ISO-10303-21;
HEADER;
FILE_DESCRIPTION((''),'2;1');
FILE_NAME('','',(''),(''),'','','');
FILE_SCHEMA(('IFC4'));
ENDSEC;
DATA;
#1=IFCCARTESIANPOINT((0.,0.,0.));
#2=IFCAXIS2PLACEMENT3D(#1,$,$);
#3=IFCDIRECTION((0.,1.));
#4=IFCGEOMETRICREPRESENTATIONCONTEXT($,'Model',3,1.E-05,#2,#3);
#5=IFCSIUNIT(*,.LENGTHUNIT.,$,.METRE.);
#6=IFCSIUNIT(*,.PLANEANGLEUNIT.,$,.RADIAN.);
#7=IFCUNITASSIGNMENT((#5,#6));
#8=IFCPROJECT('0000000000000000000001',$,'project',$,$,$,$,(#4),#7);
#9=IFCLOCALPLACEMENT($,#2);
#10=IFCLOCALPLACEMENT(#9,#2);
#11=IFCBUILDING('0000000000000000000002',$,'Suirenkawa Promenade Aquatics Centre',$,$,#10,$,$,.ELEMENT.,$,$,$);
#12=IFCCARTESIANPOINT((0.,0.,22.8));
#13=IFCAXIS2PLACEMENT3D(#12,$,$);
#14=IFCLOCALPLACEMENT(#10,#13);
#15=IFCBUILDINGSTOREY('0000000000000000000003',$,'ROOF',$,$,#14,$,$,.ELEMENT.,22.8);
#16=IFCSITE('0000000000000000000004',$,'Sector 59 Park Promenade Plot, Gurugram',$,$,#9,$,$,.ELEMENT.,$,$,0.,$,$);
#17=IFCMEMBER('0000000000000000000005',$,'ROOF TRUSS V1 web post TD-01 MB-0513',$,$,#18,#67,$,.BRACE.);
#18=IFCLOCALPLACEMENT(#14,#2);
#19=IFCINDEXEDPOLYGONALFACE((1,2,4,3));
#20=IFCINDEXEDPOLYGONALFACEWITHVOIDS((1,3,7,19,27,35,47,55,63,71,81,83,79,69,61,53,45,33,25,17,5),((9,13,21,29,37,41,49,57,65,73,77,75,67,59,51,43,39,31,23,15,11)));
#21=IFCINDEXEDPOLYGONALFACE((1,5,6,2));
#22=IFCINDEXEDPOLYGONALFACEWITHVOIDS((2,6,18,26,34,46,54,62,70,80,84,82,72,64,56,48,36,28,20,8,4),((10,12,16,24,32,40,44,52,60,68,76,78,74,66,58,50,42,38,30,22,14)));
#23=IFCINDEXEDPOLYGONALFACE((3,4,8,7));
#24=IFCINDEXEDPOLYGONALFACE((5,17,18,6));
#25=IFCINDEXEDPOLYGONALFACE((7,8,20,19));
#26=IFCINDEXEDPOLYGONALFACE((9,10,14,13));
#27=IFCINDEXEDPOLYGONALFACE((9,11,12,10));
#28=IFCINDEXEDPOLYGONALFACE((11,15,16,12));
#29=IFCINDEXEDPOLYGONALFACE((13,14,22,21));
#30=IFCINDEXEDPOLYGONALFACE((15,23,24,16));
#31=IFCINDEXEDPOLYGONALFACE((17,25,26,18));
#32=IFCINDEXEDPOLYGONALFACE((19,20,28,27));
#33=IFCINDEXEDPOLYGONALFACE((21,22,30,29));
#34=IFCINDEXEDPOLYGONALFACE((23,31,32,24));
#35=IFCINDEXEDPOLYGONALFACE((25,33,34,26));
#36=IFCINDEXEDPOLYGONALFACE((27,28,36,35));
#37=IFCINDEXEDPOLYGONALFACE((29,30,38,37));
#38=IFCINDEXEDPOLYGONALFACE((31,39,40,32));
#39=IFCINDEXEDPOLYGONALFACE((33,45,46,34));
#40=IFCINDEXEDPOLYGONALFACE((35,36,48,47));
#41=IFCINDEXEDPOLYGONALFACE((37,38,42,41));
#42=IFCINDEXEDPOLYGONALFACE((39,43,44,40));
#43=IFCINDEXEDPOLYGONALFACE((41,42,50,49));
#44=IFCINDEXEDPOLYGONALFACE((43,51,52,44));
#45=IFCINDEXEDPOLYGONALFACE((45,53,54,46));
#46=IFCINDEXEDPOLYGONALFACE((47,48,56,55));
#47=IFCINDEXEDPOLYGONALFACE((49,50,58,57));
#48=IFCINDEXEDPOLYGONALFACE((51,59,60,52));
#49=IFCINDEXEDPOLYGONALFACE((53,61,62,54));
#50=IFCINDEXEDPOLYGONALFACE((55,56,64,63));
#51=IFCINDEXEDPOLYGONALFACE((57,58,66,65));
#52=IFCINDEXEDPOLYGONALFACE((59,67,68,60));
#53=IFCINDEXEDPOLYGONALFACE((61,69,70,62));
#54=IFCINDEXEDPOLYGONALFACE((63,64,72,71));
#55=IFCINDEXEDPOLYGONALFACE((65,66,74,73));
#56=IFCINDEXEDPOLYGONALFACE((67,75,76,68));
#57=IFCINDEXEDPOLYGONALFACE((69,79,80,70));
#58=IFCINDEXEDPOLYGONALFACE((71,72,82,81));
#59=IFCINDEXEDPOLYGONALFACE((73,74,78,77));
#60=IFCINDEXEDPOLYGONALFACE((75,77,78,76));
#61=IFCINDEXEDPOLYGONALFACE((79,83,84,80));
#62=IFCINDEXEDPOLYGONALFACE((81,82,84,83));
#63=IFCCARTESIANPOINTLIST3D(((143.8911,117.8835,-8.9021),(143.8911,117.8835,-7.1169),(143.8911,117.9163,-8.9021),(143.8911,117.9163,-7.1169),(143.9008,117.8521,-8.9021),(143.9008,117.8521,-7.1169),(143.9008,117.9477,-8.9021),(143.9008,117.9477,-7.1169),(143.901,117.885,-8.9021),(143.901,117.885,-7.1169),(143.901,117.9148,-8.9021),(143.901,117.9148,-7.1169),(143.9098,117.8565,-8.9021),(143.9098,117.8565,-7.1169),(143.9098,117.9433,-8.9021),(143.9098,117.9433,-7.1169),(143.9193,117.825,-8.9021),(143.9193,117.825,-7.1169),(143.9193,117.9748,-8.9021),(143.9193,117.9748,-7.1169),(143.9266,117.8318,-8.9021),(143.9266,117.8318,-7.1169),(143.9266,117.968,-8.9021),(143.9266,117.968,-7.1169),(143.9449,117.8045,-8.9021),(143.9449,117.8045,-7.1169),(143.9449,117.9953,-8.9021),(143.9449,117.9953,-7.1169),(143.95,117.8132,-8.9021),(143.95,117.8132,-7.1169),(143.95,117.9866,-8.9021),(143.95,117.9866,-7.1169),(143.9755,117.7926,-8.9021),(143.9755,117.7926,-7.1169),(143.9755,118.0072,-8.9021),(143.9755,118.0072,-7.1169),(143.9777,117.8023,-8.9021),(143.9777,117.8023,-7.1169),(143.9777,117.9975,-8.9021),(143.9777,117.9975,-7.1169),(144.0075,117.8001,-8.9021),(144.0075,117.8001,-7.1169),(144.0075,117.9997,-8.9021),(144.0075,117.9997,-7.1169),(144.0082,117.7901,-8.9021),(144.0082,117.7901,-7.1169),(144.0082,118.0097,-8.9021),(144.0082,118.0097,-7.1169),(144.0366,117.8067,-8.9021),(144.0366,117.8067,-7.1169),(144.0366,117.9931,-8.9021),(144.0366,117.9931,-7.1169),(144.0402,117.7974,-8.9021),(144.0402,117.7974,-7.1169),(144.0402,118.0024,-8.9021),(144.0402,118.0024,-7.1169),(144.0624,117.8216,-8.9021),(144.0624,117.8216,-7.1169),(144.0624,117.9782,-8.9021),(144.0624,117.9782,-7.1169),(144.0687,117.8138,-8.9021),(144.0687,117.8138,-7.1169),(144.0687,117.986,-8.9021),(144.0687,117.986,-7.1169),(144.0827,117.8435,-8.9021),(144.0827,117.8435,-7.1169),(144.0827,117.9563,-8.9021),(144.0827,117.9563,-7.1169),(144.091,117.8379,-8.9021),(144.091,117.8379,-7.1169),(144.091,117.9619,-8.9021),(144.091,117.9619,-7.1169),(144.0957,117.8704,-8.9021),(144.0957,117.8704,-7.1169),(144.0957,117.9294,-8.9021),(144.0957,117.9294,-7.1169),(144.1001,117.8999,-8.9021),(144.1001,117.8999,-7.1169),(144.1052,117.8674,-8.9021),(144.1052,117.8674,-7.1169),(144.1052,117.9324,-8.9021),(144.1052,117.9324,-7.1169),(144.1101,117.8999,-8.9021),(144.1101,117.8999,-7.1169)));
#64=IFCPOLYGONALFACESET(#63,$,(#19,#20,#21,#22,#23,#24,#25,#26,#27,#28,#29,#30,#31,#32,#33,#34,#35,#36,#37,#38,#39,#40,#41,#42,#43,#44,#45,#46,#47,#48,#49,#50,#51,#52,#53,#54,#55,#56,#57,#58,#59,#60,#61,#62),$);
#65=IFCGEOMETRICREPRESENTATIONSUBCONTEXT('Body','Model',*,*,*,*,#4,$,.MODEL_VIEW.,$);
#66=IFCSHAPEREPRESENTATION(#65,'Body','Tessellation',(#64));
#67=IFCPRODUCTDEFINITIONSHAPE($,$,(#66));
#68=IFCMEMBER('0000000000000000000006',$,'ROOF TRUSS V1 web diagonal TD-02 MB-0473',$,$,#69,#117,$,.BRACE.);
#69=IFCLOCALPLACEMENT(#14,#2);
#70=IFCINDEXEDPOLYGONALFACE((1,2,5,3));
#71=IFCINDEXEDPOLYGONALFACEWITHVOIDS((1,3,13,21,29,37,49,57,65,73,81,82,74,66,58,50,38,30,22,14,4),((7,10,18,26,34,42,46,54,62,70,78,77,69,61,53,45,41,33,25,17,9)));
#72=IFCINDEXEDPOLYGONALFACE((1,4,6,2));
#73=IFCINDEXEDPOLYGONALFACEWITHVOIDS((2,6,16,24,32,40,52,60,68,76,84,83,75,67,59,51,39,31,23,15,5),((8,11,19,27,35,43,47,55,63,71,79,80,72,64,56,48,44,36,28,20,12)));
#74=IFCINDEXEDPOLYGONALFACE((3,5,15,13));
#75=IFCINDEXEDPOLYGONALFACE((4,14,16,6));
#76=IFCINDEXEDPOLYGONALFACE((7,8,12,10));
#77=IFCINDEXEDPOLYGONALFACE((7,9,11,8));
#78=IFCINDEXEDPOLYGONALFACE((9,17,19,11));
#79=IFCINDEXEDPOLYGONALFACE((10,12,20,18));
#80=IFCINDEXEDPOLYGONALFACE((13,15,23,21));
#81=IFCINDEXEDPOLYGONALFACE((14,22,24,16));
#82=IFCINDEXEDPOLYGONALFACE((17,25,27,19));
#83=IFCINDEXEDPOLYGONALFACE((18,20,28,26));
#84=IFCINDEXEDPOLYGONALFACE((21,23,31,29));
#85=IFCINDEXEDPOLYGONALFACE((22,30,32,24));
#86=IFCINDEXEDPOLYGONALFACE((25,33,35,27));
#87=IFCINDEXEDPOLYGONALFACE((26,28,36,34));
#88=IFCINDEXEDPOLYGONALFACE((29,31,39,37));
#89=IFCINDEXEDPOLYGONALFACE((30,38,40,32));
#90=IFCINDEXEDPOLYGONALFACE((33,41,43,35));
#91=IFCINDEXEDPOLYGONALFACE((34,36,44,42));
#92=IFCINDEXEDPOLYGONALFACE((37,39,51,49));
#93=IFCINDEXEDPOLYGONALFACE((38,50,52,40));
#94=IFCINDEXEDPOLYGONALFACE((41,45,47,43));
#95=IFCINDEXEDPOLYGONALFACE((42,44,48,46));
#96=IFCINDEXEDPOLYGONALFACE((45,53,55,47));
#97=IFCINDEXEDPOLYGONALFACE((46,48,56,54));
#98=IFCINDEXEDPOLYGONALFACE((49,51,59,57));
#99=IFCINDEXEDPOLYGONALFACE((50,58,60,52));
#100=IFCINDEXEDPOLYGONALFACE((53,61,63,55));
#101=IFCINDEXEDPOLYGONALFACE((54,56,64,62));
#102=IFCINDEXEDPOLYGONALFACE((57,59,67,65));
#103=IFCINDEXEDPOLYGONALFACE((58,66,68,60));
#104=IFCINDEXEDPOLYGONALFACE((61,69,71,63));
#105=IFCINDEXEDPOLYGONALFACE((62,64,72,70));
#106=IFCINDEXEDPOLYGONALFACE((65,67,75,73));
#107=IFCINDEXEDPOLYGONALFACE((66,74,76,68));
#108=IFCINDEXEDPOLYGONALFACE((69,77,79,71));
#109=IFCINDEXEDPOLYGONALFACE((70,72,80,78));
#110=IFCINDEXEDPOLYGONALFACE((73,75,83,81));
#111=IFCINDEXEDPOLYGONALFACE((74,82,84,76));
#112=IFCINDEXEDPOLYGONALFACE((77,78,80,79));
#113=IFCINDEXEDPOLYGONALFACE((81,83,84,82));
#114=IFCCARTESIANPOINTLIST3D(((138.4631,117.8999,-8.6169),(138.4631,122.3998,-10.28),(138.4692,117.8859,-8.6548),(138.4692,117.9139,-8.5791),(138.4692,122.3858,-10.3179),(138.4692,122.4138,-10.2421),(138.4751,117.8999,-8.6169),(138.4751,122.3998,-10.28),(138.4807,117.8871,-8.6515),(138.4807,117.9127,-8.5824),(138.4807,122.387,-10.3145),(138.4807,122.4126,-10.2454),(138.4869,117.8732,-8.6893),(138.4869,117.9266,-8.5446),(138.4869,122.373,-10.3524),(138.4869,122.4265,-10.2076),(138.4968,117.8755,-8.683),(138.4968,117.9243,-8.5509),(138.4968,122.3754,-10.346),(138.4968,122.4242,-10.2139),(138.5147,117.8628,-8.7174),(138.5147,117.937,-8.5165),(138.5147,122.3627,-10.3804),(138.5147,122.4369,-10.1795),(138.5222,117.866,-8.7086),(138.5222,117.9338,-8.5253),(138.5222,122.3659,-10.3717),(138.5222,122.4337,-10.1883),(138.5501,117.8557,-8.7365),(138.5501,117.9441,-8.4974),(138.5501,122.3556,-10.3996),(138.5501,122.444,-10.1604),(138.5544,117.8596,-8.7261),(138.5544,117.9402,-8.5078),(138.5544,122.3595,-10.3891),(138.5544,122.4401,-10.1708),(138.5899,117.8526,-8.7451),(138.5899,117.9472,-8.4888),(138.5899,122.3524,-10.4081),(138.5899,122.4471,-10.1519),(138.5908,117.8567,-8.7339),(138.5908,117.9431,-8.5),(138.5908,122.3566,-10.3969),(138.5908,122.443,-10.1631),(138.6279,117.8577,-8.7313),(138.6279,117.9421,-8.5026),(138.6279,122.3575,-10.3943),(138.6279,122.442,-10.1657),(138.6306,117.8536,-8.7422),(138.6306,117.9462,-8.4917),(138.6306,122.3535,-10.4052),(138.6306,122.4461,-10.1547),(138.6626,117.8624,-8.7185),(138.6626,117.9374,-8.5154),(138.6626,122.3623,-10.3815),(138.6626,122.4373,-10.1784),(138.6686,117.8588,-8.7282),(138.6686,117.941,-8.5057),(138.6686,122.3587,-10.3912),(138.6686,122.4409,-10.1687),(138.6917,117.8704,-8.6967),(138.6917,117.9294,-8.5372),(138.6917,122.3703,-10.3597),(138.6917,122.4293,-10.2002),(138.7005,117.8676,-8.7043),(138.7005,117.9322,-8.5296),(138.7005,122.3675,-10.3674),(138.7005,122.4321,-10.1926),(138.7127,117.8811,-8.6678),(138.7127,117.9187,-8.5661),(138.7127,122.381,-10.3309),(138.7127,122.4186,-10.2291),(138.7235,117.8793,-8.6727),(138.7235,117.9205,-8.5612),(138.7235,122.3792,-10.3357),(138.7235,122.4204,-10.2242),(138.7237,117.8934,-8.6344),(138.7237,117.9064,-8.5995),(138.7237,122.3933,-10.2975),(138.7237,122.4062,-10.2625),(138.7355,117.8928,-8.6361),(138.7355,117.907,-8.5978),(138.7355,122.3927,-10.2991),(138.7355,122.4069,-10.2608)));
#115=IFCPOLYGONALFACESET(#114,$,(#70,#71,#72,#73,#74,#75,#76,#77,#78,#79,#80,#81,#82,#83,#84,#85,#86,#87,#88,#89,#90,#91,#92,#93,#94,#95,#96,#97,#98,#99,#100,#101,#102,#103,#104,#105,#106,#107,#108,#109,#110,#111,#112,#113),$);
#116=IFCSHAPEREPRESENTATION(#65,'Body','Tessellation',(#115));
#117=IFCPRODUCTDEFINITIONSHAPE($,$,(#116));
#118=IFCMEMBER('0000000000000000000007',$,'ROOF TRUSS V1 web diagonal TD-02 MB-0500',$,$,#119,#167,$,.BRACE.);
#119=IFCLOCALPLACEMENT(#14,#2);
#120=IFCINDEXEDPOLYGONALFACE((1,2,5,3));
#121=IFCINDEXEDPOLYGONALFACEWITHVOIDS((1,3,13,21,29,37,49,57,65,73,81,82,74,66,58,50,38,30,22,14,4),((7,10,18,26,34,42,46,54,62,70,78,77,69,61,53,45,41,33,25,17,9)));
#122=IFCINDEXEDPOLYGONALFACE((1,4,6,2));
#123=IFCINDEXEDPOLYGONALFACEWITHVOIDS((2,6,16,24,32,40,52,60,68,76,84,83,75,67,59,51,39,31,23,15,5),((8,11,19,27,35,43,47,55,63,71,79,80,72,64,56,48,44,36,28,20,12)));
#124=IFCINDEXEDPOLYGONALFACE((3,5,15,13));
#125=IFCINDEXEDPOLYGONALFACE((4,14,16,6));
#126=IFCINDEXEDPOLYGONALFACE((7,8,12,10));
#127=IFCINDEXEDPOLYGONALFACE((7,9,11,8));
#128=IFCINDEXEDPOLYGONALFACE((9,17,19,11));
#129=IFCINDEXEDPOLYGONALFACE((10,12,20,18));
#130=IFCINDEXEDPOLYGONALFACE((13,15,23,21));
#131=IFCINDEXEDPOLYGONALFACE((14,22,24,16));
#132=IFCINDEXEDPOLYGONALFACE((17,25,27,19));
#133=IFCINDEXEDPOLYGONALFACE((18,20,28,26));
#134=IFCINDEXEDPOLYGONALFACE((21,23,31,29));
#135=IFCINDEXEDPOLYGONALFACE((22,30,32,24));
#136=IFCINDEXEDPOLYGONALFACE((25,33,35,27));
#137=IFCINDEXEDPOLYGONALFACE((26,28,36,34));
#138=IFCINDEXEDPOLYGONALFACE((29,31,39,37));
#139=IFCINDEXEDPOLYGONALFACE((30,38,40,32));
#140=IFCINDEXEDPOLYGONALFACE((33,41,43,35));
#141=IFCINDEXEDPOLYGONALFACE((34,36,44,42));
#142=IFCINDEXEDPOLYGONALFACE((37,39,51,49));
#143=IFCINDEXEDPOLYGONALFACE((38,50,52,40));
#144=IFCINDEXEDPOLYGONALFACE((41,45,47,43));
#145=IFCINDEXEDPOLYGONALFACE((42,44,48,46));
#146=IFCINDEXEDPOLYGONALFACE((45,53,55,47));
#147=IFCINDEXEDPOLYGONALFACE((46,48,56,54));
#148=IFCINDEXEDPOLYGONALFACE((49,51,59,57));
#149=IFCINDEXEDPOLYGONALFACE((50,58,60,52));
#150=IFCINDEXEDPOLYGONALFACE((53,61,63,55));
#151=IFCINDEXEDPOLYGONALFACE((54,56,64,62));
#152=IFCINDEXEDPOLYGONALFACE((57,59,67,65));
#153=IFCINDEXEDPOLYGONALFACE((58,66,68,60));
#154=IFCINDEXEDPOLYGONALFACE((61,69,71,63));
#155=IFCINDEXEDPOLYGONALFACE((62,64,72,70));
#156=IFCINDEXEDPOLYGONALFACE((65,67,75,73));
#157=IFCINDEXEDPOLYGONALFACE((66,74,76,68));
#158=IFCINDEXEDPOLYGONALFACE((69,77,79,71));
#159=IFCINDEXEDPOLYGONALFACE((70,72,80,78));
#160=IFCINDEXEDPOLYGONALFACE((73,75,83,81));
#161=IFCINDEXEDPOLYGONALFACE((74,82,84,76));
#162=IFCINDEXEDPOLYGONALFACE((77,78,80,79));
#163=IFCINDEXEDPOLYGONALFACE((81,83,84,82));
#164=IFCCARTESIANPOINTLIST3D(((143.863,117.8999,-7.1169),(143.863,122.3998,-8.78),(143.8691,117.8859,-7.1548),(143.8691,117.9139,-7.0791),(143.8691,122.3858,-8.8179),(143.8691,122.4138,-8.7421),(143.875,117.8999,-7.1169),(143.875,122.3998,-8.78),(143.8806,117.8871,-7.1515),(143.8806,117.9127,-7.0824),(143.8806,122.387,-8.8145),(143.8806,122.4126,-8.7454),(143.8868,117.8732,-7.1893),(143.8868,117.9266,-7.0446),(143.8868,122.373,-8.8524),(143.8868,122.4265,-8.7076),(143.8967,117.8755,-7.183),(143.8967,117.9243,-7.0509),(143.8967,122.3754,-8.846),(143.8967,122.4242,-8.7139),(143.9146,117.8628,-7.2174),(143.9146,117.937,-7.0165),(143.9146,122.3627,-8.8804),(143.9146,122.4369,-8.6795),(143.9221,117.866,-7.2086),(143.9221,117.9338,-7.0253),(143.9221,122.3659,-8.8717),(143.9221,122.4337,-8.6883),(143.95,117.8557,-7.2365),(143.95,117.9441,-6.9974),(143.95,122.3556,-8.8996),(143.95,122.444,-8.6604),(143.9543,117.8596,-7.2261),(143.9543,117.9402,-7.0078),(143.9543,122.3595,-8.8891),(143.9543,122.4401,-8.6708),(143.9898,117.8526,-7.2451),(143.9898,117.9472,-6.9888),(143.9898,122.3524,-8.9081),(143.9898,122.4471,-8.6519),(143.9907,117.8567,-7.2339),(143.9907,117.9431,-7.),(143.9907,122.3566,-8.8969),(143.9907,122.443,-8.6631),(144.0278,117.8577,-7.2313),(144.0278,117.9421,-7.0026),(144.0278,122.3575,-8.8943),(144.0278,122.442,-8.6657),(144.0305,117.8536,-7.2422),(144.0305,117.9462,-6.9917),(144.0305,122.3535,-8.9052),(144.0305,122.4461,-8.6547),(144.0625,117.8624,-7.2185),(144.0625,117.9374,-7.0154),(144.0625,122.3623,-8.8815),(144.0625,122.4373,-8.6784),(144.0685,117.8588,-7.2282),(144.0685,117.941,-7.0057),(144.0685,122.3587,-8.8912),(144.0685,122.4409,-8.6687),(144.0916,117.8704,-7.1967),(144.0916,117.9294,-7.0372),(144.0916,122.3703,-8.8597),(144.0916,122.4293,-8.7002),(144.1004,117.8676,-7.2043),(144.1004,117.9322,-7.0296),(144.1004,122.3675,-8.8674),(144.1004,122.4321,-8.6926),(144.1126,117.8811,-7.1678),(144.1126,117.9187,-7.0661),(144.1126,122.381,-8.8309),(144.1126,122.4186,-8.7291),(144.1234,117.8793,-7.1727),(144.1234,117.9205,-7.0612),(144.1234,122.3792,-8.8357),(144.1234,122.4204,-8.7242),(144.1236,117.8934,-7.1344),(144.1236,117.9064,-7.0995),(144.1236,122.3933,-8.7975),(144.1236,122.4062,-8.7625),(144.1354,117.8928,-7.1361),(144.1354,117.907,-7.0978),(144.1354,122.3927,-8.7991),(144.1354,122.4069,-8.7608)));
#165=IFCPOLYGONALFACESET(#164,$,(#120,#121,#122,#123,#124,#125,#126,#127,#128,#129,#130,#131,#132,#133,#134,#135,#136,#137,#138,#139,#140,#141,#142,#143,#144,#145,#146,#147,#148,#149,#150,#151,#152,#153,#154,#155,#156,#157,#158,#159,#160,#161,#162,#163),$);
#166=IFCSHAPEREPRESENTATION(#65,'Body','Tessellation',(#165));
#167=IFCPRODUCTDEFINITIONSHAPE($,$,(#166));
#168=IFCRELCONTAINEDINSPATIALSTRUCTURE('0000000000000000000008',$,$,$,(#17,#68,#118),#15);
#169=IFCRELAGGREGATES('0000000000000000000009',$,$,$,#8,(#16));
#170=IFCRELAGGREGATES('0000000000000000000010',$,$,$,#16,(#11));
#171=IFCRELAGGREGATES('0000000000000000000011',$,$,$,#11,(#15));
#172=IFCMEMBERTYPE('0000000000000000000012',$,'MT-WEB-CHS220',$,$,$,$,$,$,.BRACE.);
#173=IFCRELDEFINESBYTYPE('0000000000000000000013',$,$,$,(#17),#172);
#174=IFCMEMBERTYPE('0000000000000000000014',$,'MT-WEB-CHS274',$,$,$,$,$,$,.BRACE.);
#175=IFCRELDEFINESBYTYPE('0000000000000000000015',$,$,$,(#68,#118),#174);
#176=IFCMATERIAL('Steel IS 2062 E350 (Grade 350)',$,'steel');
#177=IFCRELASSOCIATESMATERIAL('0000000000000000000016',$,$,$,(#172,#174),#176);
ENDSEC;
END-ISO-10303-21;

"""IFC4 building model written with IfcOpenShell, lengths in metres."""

from ifc_helpers import new_model, si_unit, direction, frame, origin, origin_2d, place, context, subcontext, project, spatial, hollow_circle, extrude, material, material_profile, profile_set, type_object, element, save


model = new_model("IFC4")

# Units and contexts
model_context = context("Model", 3, precision=1e-05, world=origin(), true_north=direction((0.0, 1.0)))
body_context = subcontext(model_context, "Body", "Model", "MODEL_VIEW")
ifc_project = project(units=[si_unit("LENGTHUNIT", "METRE"), si_unit("PLANEANGLEUNIT", "RADIAN")], contexts=[model_context])

# Site, building, storey
site_placement = place(None, origin())
site = spatial("IfcSite", under=ifc_project, at=site_placement, Name="Sector 59 Park Promenade Plot, Gurugram", CompositionType="ELEMENT", RefElevation=0.0)
building_placement = place(site_placement, origin())
building = spatial("IfcBuilding", under=site, at=building_placement, Name="Suirenkawa Promenade Aquatics Centre", CompositionType="ELEMENT")
storey_placement = place(building_placement, frame((0.0, 0.0, 22.8)))
storey = spatial("IfcBuildingStorey", under=building, at=storey_placement, Name="ROOF", CompositionType="ELEMENT", Elevation=22.8)

# Shared definitions
ifc_material = material(Name="Steel IS 2062 E350 (Grade 350)", Category="steel")

# Members
ifc_material_profile_1 = material_profile(ifc_material, hollow_circle(Radius=0.1101, WallThickness=0.01, at=origin_2d()), Name="CHS 220x10", Category="steel")
ifc_profile_set_1 = profile_set([ifc_material_profile_1], Name="Steel IS 2062 E350 (Grade 350)")
member_type_1 = type_object("IfcMemberType", Name="MT-WEB-CHS220", PredefinedType="BRACE", material=ifc_profile_set_1)
member_1_placement = place(storey_placement, frame((144.0, 117.8999, -8.9021), z_axis=(0.0, 0.0, 1.0), x_axis=(1.0, 0.0, 0.0)))
element("IfcMember", 1, at=member_1_placement, inside=storey, type_object=member_type_1, Name="ROOF TRUSS V1 web post TD-01 MB-0513", PredefinedType="BRACE", context=body_context, shape_type="SweptSolid", body=[
    extrude(hollow_circle(Radius=0.1101, WallThickness=0.01, at=origin_2d()), origin(), (0.0, 0.0, 1.0), 1.7852),
])
ifc_material_profile_2 = material_profile(ifc_material, hollow_circle(Radius=0.137, WallThickness=0.012, at=origin_2d()), Name="CHS 274x12", Category="steel")
ifc_profile_set_2 = profile_set([ifc_material_profile_2], Name="Steel IS 2062 E350 (Grade 350)")
member_type_2 = type_object("IfcMemberType", Name="MT-WEB-CHS274", PredefinedType="BRACE", material=ifc_profile_set_2)
for number, where, z_axis, x_axis, name in (
    (2, (138.6001, 117.8999, -8.6169), (0.0, 0.937992, -0.346658), (-1.0, 0.0, 0.0), "ROOF TRUSS V1 web diagonal TD-02 MB-0473"),
    (3, (144.0, 117.8999, -7.1169), (0.0, 0.937992, -0.346658), (-1.0, 0.0, 0.0), "ROOF TRUSS V1 web diagonal TD-02 MB-0500"),
):
    element("IfcMember", number, at=place(storey_placement, frame(where, z_axis=z_axis, x_axis=x_axis)), inside=storey, type_object=member_type_2, Name=name, PredefinedType="BRACE", context=body_context, shape_type="SweptSolid", body=[
        extrude(hollow_circle(Radius=0.137, WallThickness=0.012, at=origin_2d()), origin(), (0.0, 0.0, 1.0), 4.7974),
    ])

save(model, "model.ifc")
